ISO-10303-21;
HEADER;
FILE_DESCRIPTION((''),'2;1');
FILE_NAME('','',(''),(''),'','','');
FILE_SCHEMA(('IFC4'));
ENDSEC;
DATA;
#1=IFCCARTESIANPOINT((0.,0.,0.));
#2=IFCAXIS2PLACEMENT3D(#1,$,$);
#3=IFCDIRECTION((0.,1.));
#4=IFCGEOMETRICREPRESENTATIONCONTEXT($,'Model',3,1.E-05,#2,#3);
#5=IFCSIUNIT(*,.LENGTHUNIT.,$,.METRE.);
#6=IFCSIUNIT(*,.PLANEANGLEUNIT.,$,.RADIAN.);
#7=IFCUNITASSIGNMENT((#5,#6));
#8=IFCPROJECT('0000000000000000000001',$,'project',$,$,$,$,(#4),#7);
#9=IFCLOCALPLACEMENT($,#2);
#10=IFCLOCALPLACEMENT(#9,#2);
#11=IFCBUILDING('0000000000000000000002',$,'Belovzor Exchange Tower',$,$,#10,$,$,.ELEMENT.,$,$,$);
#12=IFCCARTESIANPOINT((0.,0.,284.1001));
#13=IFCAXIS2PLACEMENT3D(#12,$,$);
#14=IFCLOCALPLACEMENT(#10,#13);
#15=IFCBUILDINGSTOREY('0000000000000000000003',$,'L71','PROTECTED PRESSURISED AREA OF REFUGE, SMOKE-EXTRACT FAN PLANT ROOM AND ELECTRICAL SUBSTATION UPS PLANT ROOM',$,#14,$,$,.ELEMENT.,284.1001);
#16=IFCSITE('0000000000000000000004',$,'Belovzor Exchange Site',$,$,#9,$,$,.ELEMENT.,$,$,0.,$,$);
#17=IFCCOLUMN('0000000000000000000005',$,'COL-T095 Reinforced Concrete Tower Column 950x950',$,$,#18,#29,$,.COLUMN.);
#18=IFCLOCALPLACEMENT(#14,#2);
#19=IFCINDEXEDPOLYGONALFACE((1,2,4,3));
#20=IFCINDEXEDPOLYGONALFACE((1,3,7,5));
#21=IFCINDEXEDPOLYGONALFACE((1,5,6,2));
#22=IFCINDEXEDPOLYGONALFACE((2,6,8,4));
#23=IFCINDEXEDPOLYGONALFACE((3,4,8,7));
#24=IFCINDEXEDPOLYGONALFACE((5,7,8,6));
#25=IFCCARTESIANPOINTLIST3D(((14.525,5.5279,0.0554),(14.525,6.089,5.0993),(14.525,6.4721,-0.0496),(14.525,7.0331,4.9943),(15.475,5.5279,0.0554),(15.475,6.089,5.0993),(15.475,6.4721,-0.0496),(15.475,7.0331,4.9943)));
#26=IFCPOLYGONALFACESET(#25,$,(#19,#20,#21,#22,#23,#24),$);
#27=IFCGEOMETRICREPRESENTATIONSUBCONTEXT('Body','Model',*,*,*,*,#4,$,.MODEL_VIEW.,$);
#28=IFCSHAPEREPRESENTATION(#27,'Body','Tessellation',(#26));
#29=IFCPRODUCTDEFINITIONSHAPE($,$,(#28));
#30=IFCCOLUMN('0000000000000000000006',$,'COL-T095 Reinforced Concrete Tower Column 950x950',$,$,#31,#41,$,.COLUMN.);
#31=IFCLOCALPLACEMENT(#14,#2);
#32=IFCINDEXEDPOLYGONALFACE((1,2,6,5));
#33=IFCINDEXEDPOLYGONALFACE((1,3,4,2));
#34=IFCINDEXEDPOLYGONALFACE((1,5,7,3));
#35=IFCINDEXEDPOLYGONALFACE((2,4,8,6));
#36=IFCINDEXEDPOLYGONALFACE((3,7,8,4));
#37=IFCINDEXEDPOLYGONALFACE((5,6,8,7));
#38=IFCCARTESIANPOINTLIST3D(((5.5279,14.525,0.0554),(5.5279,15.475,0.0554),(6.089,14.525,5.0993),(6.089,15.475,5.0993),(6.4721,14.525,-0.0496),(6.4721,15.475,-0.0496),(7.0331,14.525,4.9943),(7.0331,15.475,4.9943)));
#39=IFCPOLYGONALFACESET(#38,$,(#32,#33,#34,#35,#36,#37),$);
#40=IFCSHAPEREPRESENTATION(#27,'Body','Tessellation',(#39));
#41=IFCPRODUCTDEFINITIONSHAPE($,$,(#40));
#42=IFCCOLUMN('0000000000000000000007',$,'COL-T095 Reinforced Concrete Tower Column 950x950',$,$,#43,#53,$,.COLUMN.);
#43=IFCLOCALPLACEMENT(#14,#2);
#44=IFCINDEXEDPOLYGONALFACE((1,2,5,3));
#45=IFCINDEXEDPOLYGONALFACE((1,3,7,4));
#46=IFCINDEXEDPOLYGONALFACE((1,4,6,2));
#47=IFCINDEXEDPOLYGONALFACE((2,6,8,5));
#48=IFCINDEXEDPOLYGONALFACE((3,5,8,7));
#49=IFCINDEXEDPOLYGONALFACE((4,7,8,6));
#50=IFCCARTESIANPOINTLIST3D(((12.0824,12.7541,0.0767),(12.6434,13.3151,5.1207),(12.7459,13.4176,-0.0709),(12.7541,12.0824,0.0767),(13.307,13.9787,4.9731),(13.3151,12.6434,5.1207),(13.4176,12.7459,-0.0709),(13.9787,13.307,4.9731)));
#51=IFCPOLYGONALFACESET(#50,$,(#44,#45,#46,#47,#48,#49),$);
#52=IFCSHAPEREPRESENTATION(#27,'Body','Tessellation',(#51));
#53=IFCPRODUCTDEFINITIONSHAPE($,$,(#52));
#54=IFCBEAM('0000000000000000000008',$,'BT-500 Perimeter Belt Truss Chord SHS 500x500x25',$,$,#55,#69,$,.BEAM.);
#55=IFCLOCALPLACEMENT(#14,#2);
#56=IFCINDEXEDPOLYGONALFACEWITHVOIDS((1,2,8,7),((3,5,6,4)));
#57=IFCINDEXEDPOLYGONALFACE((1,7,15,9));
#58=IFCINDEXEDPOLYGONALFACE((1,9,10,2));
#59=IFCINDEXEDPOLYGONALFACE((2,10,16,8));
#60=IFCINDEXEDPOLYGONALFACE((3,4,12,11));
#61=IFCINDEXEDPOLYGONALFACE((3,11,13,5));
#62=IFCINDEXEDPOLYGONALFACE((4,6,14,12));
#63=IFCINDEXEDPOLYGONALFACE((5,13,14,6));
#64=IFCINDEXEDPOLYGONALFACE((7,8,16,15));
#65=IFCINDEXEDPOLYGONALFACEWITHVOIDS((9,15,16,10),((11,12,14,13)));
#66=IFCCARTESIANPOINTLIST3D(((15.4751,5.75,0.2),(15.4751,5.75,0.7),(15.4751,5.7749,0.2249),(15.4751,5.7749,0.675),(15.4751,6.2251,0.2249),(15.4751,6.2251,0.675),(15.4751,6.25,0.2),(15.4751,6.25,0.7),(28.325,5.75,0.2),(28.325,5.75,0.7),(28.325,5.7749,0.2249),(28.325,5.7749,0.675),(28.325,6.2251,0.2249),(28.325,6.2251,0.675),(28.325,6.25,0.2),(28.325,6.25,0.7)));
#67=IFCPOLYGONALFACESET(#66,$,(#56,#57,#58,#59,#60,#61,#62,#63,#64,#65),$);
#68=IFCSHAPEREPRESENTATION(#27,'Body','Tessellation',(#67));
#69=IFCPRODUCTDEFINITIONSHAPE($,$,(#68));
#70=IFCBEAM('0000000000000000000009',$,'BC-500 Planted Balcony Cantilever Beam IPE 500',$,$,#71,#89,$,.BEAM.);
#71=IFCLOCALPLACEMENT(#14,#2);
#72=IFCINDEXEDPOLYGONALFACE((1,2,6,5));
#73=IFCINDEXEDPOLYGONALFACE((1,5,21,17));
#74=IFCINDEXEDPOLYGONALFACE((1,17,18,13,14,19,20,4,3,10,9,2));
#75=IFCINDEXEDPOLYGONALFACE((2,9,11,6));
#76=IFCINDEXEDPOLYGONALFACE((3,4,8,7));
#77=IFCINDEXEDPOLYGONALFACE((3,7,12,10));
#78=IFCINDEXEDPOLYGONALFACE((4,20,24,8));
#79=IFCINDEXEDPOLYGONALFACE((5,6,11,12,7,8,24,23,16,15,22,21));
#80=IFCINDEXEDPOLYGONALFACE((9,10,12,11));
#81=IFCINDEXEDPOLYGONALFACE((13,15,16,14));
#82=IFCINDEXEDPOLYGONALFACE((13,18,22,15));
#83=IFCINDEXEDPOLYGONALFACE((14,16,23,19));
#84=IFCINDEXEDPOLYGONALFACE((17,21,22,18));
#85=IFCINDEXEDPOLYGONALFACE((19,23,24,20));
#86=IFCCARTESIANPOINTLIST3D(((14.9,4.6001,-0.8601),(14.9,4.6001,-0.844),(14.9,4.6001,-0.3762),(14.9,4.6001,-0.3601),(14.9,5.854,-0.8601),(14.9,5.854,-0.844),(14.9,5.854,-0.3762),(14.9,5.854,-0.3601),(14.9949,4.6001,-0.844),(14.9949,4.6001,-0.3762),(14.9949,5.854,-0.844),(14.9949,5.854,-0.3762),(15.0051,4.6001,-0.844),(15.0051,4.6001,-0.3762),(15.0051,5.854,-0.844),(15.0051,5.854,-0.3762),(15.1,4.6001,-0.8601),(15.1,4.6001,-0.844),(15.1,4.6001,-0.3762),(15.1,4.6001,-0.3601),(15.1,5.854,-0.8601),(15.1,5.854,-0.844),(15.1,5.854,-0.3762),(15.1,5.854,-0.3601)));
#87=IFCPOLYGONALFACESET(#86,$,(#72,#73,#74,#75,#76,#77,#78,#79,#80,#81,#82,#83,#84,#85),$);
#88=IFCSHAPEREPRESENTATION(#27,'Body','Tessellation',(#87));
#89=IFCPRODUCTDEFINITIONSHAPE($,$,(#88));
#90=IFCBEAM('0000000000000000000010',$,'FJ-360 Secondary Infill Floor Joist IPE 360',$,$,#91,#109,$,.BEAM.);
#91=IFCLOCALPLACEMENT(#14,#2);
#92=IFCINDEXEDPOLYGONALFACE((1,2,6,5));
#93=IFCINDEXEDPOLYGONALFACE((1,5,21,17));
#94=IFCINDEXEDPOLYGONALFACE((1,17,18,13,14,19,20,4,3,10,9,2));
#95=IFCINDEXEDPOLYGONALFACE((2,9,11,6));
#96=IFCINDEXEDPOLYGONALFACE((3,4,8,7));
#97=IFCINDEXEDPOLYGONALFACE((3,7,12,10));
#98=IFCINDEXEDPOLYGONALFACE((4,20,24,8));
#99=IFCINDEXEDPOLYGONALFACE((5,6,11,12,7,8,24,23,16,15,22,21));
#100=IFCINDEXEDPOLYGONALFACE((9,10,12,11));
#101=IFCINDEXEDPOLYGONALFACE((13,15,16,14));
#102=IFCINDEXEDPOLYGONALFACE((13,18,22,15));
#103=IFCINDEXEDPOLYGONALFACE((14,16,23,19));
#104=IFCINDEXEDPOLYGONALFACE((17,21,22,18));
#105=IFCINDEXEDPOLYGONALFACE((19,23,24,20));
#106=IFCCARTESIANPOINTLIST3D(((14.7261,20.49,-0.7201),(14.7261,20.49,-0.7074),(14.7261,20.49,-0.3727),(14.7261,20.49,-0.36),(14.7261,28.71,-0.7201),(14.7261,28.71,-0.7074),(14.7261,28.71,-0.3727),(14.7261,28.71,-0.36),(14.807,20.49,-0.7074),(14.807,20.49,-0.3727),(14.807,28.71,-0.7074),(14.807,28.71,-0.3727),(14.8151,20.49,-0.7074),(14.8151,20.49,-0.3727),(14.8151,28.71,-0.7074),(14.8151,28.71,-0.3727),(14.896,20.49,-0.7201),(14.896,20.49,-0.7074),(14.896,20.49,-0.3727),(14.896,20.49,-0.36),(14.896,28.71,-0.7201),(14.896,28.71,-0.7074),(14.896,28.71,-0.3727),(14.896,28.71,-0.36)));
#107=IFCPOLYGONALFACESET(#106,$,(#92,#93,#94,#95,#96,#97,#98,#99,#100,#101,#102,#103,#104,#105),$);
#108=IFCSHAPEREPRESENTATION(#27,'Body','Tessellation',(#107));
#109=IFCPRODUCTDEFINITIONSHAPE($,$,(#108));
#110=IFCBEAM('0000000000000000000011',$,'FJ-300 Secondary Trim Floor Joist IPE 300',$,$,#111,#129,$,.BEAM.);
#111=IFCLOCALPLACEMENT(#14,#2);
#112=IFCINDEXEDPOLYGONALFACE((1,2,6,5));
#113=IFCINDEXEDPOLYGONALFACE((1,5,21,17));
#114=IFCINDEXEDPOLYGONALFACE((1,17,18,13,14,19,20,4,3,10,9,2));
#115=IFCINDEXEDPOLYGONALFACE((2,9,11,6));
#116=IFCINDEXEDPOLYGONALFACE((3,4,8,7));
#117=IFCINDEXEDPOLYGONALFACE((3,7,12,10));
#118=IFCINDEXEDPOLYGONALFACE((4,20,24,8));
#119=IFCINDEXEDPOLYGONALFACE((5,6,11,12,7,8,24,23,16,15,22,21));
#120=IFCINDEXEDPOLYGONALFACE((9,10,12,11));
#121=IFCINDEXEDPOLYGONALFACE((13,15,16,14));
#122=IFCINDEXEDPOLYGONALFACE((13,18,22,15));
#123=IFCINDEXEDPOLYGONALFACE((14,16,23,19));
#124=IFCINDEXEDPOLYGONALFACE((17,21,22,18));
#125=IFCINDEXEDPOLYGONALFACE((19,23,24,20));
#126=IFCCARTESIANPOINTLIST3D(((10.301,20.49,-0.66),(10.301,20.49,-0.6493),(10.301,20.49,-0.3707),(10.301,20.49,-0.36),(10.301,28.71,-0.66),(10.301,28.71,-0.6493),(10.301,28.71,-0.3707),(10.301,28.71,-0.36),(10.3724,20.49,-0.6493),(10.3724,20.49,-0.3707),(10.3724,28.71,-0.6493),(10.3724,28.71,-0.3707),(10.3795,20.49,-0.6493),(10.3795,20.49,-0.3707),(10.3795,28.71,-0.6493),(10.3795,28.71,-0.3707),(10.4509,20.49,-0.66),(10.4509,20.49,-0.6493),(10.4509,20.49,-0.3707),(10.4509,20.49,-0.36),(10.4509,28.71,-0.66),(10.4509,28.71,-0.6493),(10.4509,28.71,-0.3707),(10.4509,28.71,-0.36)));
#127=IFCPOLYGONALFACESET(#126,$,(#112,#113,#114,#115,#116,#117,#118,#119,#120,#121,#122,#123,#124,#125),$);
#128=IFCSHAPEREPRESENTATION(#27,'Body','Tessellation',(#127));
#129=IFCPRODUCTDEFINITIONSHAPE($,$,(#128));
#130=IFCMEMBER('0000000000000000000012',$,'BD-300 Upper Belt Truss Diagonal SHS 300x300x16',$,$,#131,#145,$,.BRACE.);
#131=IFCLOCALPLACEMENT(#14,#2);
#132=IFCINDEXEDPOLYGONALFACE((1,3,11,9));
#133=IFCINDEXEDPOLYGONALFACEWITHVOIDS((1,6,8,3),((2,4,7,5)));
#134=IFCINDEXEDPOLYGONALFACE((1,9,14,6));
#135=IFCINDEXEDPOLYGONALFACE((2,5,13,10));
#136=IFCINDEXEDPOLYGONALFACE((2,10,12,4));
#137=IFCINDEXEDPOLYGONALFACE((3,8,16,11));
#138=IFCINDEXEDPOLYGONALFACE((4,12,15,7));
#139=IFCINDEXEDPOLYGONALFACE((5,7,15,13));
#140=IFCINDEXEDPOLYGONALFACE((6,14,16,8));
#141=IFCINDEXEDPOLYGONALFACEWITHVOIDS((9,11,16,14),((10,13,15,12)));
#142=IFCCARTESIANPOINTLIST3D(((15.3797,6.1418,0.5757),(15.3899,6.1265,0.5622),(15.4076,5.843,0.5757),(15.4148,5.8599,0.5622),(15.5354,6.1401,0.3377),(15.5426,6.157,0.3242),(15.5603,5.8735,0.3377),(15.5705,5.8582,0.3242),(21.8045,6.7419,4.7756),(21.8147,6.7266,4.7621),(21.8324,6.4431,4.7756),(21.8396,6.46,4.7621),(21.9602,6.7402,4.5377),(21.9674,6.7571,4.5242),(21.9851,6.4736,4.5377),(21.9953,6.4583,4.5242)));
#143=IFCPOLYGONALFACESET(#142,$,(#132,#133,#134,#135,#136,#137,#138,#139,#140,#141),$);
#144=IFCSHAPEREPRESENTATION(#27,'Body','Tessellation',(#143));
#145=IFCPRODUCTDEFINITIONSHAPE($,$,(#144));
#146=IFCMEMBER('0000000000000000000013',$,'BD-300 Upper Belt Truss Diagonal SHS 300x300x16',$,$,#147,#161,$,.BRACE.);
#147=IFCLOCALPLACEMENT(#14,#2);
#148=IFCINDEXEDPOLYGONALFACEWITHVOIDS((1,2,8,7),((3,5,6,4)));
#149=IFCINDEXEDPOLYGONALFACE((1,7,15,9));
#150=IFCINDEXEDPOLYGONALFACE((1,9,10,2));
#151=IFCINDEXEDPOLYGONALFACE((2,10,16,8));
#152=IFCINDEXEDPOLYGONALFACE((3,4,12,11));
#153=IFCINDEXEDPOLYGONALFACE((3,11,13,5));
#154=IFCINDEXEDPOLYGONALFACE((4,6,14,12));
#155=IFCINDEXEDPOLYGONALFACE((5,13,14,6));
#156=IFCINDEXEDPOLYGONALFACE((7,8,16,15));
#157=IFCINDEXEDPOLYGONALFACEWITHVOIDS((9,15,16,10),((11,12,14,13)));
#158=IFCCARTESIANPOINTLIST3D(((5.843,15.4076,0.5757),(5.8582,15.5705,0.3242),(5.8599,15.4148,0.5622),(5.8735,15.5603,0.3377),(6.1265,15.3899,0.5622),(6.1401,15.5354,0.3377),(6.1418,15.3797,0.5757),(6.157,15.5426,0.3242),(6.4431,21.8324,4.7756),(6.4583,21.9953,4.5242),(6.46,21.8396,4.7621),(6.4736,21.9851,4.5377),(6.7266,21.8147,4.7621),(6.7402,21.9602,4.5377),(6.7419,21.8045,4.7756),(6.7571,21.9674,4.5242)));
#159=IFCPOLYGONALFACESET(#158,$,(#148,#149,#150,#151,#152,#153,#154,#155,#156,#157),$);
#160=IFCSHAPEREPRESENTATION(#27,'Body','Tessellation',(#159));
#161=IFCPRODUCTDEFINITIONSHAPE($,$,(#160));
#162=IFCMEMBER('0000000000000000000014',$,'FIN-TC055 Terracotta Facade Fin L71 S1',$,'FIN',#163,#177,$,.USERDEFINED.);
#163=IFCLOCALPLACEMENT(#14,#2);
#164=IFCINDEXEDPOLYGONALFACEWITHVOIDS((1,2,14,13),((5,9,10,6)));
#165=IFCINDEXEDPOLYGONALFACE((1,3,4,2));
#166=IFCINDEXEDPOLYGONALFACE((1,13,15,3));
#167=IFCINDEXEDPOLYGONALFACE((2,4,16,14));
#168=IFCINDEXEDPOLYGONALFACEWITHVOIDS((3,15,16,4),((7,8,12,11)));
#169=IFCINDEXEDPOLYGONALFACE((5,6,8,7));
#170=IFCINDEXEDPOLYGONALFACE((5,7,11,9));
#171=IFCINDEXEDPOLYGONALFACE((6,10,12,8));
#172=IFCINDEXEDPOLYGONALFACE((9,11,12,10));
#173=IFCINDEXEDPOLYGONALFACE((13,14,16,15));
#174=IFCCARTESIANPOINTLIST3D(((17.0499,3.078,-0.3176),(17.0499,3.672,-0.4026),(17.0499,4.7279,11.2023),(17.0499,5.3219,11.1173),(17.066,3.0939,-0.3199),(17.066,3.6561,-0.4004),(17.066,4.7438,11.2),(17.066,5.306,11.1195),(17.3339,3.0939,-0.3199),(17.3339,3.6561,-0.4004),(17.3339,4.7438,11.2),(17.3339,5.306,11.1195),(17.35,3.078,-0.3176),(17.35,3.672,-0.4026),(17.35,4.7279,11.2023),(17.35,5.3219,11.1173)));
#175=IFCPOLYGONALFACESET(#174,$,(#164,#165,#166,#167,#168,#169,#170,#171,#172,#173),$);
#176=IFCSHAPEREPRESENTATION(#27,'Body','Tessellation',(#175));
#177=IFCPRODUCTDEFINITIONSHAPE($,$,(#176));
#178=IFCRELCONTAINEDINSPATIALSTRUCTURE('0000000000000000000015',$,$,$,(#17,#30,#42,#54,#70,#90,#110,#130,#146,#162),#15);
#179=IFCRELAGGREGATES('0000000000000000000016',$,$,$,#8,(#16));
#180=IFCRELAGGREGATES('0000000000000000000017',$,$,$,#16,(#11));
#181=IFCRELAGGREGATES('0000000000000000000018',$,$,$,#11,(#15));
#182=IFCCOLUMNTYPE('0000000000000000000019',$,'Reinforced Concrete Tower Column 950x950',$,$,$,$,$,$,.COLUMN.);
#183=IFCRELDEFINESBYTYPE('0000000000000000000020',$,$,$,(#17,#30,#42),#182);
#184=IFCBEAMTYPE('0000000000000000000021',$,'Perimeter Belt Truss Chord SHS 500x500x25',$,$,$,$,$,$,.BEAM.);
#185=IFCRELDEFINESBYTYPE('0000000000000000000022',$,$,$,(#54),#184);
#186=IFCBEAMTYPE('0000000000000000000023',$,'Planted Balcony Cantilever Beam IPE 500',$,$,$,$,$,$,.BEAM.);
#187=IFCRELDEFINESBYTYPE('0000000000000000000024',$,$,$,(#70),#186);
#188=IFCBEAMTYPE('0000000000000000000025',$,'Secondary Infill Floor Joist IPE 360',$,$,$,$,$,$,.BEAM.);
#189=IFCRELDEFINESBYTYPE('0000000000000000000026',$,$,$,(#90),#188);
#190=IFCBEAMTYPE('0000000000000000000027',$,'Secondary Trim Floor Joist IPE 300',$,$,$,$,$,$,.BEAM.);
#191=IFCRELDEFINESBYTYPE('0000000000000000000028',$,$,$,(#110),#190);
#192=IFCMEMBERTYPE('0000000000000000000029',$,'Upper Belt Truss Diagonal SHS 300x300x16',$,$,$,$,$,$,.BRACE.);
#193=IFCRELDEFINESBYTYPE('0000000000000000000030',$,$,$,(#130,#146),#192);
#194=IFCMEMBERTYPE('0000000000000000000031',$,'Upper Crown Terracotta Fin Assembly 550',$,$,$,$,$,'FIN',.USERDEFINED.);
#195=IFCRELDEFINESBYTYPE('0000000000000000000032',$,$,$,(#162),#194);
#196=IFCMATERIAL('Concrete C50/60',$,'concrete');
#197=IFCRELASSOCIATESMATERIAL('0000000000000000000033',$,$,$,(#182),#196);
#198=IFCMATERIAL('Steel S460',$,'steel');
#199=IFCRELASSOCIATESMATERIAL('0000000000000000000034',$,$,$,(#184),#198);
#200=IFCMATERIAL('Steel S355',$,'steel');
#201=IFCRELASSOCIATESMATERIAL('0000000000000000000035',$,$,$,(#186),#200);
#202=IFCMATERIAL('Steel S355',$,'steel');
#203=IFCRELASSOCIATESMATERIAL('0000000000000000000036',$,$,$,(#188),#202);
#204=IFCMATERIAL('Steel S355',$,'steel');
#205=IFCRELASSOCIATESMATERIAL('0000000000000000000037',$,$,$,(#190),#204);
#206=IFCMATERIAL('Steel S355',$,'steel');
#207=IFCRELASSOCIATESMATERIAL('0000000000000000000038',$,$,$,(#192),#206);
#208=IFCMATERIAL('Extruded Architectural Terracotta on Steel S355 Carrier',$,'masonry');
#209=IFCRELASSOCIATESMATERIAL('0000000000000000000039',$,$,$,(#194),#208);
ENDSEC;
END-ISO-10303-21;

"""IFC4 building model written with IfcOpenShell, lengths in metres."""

from ifc_helpers import new_model, si_unit, direction, frame, origin, origin_2d, place, context, subcontext, project, spatial, rectangle, hollow_rectangle, i_section, extrude, material, material_profile, profile_set, type_object, element, save


model = new_model("IFC4")

# Units and contexts
model_context = context("Model", 3, precision=1e-05, world=origin(), true_north=direction((0.0, 1.0)))
body_context = subcontext(model_context, "Body", "Model", "MODEL_VIEW")
ifc_project = project(units=[si_unit("LENGTHUNIT", "METRE"), si_unit("PLANEANGLEUNIT", "RADIAN")], contexts=[model_context])

# Site, building, storey
site_placement = place(None, origin())
site = spatial("IfcSite", under=ifc_project, at=site_placement, Name="Belovzor Exchange Site", CompositionType="ELEMENT", RefElevation=0.0)
building_placement = place(site_placement, origin())
building = spatial("IfcBuilding", under=site, at=building_placement, Name="Belovzor Exchange Tower", CompositionType="ELEMENT")
storey_placement = place(building_placement, frame((0.0, 0.0, 284.1001)))
storey = spatial("IfcBuildingStorey", under=building, at=storey_placement, Name="L71", Description="PROTECTED PRESSURISED AREA OF REFUGE, SMOKE-EXTRACT FAN PLANT ROOM AND ELECTRICAL SUBSTATION UPS PLANT ROOM", CompositionType="ELEMENT", Elevation=284.1001)

# Columns
ifc_material_1 = material(Name="Concrete C50/60", Category="concrete")
ifc_material_profile_1 = material_profile(ifc_material_1, rectangle(XDim=0.95, YDim=0.95, at=origin_2d()))
ifc_profile_set_1 = profile_set([ifc_material_profile_1], Name="Concrete C50/60")
column_type = type_object("IfcColumnType", Name="Reinforced Concrete Tower Column 950x950", PredefinedType="COLUMN", material=ifc_profile_set_1)
for number, where, z_axis, x_axis, name in (
    (1, (15.0, 6.0, 0.0029), (0.0, 0.110548, 0.993871), (-1.0, 0.0, 0.0), "COL-T095 Reinforced Concrete Tower Column 950x950"),
    (2, (6.0, 15.0, 0.0029), (0.110548, 0.0, 0.993871), (0.0, 1.0, 0.0), "COL-T095 Reinforced Concrete Tower Column 950x950"),
):
    element("IfcColumn", number, at=place(storey_placement, frame(where, z_axis=z_axis, x_axis=x_axis)), inside=storey, type_object=column_type, Name=name, PredefinedType="COLUMN", context=body_context, shape_type="SweptSolid", body=[
        extrude(rectangle(XDim=0.95, YDim=0.95, at=origin_2d()), origin(), (0.0, 0.0, 1.0), 5.075),
    ])
column_placement = place(storey_placement, frame((12.75, 12.75, 0.0029), z_axis=(0.109878, 0.109878, 0.987853), x_axis=(-0.707107, 0.707107, 0.0)))
element("IfcColumn", 3, at=column_placement, inside=storey, type_object=column_type, Name="COL-T095 Reinforced Concrete Tower Column 950x950", PredefinedType="COLUMN", context=body_context, shape_type="SweptSolid", body=[
    extrude(rectangle(XDim=0.95, YDim=0.95, at=origin_2d()), origin(), (0.0, 0.0, 1.0), 5.106),
])

# Beams
ifc_material_2 = material(Name="Steel S460", Category="steel")
ifc_material_profile_2 = material_profile(ifc_material_2, hollow_rectangle(XDim=0.5, YDim=0.5, WallThickness=0.0249, at=origin_2d()))
ifc_profile_set_2 = profile_set([ifc_material_profile_2], Name="Steel S460")
beam_type_1 = type_object("IfcBeamType", Name="Perimeter Belt Truss Chord SHS 500x500x25", PredefinedType="BEAM", material=ifc_profile_set_2)
beam_1_placement = place(storey_placement, frame((15.4751, 6.0, 0.45), z_axis=(1.0, 0.0, 0.0), x_axis=(0.0, 1.0, 0.0)))
element("IfcBeam", 4, at=beam_1_placement, inside=storey, type_object=beam_type_1, Name="BT-500 Perimeter Belt Truss Chord SHS 500x500x25", PredefinedType="BEAM", context=body_context, shape_type="SweptSolid", body=[
    extrude(hollow_rectangle(XDim=0.5, YDim=0.5, WallThickness=0.0249, at=origin_2d()), origin(), (0.0, 0.0, 1.0), 12.8499),
])
ifc_material_3 = material(Name="Steel S355", Category="steel")
ifc_material_profile_3 = material_profile(ifc_material_3, i_section(OverallWidth=0.2, OverallDepth=0.5, WebThickness=0.0103, FlangeThickness=0.0161, at=origin_2d()))
ifc_profile_set_3 = profile_set([ifc_material_profile_3], Name="Steel S355")
beam_type_2 = type_object("IfcBeamType", Name="Planted Balcony Cantilever Beam IPE 500", PredefinedType="BEAM", material=ifc_profile_set_3)
beam_2_placement = place(storey_placement, frame((15.0, 5.854, -0.6101), z_axis=(0.0, -1.0, 0.0), x_axis=(1.0, 0.0, 0.0)))
element("IfcBeam", 5, at=beam_2_placement, inside=storey, type_object=beam_type_2, Name="BC-500 Planted Balcony Cantilever Beam IPE 500", PredefinedType="BEAM", context=body_context, shape_type="SweptSolid", body=[
    extrude(i_section(OverallWidth=0.2, OverallDepth=0.5, WebThickness=0.0103, FlangeThickness=0.0161, at=origin_2d()), origin(), (0.0, 0.0, 1.0), 1.2539),
])
ifc_material_4 = material(Name="Steel S355", Category="steel")
ifc_material_profile_4 = material_profile(ifc_material_4, i_section(OverallWidth=0.1699, OverallDepth=0.3601, WebThickness=0.0081, FlangeThickness=0.0127, at=origin_2d()))
ifc_profile_set_4 = profile_set([ifc_material_profile_4], Name="Steel S355")
beam_type_3 = type_object("IfcBeamType", Name="Secondary Infill Floor Joist IPE 360", PredefinedType="BEAM", material=ifc_profile_set_4)
beam_3_placement = place(storey_placement, frame((14.811, 20.49, -0.54), z_axis=(0.0, 1.0, 0.0), x_axis=(-1.0, 0.0, 0.0)))
element("IfcBeam", 6, at=beam_3_placement, inside=storey, type_object=beam_type_3, Name="FJ-360 Secondary Infill Floor Joist IPE 360", PredefinedType="BEAM", context=body_context, shape_type="SweptSolid", body=[
    extrude(i_section(OverallWidth=0.1699, OverallDepth=0.3601, WebThickness=0.0081, FlangeThickness=0.0127, at=origin_2d()), origin(), (0.0, 0.0, 1.0), 8.22),
])
ifc_material_5 = material(Name="Steel S355", Category="steel")
ifc_material_profile_5 = material_profile(ifc_material_5, i_section(OverallWidth=0.1499, OverallDepth=0.3, WebThickness=0.0071, FlangeThickness=0.0107, at=origin_2d()))
ifc_profile_set_5 = profile_set([ifc_material_profile_5], Name="Steel S355")
beam_type_4 = type_object("IfcBeamType", Name="Secondary Trim Floor Joist IPE 300", PredefinedType="BEAM", material=ifc_profile_set_5)
beam_4_placement = place(storey_placement, frame((10.376, 20.49, -0.51), z_axis=(0.0, 1.0, 0.0), x_axis=(-1.0, 0.0, 0.0)))
element("IfcBeam", 7, at=beam_4_placement, inside=storey, type_object=beam_type_4, Name="FJ-300 Secondary Trim Floor Joist IPE 300", PredefinedType="BEAM", context=body_context, shape_type="SweptSolid", body=[
    extrude(i_section(OverallWidth=0.1499, OverallDepth=0.3, WebThickness=0.0071, FlangeThickness=0.0107, at=origin_2d()), origin(), (0.0, 0.0, 1.0), 8.22),
])

# Members
ifc_material_6 = material(Name="Steel S355", Category="steel")
ifc_material_profile_6 = material_profile(ifc_material_6, hollow_rectangle(XDim=0.3, YDim=0.3, WallThickness=0.0161, at=origin_2d()))
ifc_profile_set_6 = profile_set([ifc_material_profile_6], Name="Steel S355")
member_type_1 = type_object("IfcMemberType", Name="Upper Belt Truss Diagonal SHS 300x300x16", PredefinedType="BRACE", material=ifc_profile_set_6)
for number, where, z_axis, x_axis, name in (
    (8, (15.4751, 6.0, 0.45), (0.834476, 0.077943, 0.545504), (-0.092998, 0.995666, 0.0), "BD-300 Upper Belt Truss Diagonal SHS 300x300x16"),
    (9, (6.6001, 21.8999, 4.6499), (-0.077943, -0.834476, -0.545504), (0.995666, -0.092998, 0.0), "BD-300 Upper Belt Truss Diagonal SHS 300x300x16"),
):
    element("IfcMember", number, at=place(storey_placement, frame(where, z_axis=z_axis, x_axis=x_axis)), inside=storey, type_object=member_type_1, Name=name, PredefinedType="BRACE", context=body_context, shape_type="SweptSolid", body=[
        extrude(hollow_rectangle(XDim=0.3, YDim=0.3, WallThickness=0.0161, at=origin_2d()), origin(), (0.0, 0.0, 1.0), 7.6992),
    ])
ifc_material_7 = material(Name="Extruded Architectural Terracotta on Steel S355 Carrier", Category="masonry")
ifc_material_profile_7 = material_profile(ifc_material_7, hollow_rectangle(XDim=0.3, YDim=0.6001, WallThickness=0.0161, at=origin_2d()))
ifc_profile_set_7 = profile_set([ifc_material_profile_7], Name="Extruded Architectural Terracotta on Steel S355 Carrier")
member_type_2 = type_object("IfcMemberType", Name="Upper Crown Terracotta Fin Assembly 550", ElementType="FIN", PredefinedType="USERDEFINED", material=ifc_profile_set_7)
for number, where, z_axis, x_axis, name in (
    (10, (17.2, 3.375, -0.3601), (0.0, 0.141774, 0.989899), (-1.0, 0.0, 0.0), "FIN-TC055 Terracotta Facade Fin L71 S1"),
):
    element("IfcMember", number, at=place(storey_placement, frame(where, z_axis=z_axis, x_axis=x_axis)), inside=storey, type_object=member_type_2, Name=name, ObjectType="FIN", PredefinedType="USERDEFINED", context=body_context, shape_type="SweptSolid", body=[
        extrude(hollow_rectangle(XDim=0.3, YDim=0.6001, WallThickness=0.0161, at=origin_2d()), origin(), (0.0, 0.0, 1.0), 11.6375),
    ])

save(model, "model.ifc")
